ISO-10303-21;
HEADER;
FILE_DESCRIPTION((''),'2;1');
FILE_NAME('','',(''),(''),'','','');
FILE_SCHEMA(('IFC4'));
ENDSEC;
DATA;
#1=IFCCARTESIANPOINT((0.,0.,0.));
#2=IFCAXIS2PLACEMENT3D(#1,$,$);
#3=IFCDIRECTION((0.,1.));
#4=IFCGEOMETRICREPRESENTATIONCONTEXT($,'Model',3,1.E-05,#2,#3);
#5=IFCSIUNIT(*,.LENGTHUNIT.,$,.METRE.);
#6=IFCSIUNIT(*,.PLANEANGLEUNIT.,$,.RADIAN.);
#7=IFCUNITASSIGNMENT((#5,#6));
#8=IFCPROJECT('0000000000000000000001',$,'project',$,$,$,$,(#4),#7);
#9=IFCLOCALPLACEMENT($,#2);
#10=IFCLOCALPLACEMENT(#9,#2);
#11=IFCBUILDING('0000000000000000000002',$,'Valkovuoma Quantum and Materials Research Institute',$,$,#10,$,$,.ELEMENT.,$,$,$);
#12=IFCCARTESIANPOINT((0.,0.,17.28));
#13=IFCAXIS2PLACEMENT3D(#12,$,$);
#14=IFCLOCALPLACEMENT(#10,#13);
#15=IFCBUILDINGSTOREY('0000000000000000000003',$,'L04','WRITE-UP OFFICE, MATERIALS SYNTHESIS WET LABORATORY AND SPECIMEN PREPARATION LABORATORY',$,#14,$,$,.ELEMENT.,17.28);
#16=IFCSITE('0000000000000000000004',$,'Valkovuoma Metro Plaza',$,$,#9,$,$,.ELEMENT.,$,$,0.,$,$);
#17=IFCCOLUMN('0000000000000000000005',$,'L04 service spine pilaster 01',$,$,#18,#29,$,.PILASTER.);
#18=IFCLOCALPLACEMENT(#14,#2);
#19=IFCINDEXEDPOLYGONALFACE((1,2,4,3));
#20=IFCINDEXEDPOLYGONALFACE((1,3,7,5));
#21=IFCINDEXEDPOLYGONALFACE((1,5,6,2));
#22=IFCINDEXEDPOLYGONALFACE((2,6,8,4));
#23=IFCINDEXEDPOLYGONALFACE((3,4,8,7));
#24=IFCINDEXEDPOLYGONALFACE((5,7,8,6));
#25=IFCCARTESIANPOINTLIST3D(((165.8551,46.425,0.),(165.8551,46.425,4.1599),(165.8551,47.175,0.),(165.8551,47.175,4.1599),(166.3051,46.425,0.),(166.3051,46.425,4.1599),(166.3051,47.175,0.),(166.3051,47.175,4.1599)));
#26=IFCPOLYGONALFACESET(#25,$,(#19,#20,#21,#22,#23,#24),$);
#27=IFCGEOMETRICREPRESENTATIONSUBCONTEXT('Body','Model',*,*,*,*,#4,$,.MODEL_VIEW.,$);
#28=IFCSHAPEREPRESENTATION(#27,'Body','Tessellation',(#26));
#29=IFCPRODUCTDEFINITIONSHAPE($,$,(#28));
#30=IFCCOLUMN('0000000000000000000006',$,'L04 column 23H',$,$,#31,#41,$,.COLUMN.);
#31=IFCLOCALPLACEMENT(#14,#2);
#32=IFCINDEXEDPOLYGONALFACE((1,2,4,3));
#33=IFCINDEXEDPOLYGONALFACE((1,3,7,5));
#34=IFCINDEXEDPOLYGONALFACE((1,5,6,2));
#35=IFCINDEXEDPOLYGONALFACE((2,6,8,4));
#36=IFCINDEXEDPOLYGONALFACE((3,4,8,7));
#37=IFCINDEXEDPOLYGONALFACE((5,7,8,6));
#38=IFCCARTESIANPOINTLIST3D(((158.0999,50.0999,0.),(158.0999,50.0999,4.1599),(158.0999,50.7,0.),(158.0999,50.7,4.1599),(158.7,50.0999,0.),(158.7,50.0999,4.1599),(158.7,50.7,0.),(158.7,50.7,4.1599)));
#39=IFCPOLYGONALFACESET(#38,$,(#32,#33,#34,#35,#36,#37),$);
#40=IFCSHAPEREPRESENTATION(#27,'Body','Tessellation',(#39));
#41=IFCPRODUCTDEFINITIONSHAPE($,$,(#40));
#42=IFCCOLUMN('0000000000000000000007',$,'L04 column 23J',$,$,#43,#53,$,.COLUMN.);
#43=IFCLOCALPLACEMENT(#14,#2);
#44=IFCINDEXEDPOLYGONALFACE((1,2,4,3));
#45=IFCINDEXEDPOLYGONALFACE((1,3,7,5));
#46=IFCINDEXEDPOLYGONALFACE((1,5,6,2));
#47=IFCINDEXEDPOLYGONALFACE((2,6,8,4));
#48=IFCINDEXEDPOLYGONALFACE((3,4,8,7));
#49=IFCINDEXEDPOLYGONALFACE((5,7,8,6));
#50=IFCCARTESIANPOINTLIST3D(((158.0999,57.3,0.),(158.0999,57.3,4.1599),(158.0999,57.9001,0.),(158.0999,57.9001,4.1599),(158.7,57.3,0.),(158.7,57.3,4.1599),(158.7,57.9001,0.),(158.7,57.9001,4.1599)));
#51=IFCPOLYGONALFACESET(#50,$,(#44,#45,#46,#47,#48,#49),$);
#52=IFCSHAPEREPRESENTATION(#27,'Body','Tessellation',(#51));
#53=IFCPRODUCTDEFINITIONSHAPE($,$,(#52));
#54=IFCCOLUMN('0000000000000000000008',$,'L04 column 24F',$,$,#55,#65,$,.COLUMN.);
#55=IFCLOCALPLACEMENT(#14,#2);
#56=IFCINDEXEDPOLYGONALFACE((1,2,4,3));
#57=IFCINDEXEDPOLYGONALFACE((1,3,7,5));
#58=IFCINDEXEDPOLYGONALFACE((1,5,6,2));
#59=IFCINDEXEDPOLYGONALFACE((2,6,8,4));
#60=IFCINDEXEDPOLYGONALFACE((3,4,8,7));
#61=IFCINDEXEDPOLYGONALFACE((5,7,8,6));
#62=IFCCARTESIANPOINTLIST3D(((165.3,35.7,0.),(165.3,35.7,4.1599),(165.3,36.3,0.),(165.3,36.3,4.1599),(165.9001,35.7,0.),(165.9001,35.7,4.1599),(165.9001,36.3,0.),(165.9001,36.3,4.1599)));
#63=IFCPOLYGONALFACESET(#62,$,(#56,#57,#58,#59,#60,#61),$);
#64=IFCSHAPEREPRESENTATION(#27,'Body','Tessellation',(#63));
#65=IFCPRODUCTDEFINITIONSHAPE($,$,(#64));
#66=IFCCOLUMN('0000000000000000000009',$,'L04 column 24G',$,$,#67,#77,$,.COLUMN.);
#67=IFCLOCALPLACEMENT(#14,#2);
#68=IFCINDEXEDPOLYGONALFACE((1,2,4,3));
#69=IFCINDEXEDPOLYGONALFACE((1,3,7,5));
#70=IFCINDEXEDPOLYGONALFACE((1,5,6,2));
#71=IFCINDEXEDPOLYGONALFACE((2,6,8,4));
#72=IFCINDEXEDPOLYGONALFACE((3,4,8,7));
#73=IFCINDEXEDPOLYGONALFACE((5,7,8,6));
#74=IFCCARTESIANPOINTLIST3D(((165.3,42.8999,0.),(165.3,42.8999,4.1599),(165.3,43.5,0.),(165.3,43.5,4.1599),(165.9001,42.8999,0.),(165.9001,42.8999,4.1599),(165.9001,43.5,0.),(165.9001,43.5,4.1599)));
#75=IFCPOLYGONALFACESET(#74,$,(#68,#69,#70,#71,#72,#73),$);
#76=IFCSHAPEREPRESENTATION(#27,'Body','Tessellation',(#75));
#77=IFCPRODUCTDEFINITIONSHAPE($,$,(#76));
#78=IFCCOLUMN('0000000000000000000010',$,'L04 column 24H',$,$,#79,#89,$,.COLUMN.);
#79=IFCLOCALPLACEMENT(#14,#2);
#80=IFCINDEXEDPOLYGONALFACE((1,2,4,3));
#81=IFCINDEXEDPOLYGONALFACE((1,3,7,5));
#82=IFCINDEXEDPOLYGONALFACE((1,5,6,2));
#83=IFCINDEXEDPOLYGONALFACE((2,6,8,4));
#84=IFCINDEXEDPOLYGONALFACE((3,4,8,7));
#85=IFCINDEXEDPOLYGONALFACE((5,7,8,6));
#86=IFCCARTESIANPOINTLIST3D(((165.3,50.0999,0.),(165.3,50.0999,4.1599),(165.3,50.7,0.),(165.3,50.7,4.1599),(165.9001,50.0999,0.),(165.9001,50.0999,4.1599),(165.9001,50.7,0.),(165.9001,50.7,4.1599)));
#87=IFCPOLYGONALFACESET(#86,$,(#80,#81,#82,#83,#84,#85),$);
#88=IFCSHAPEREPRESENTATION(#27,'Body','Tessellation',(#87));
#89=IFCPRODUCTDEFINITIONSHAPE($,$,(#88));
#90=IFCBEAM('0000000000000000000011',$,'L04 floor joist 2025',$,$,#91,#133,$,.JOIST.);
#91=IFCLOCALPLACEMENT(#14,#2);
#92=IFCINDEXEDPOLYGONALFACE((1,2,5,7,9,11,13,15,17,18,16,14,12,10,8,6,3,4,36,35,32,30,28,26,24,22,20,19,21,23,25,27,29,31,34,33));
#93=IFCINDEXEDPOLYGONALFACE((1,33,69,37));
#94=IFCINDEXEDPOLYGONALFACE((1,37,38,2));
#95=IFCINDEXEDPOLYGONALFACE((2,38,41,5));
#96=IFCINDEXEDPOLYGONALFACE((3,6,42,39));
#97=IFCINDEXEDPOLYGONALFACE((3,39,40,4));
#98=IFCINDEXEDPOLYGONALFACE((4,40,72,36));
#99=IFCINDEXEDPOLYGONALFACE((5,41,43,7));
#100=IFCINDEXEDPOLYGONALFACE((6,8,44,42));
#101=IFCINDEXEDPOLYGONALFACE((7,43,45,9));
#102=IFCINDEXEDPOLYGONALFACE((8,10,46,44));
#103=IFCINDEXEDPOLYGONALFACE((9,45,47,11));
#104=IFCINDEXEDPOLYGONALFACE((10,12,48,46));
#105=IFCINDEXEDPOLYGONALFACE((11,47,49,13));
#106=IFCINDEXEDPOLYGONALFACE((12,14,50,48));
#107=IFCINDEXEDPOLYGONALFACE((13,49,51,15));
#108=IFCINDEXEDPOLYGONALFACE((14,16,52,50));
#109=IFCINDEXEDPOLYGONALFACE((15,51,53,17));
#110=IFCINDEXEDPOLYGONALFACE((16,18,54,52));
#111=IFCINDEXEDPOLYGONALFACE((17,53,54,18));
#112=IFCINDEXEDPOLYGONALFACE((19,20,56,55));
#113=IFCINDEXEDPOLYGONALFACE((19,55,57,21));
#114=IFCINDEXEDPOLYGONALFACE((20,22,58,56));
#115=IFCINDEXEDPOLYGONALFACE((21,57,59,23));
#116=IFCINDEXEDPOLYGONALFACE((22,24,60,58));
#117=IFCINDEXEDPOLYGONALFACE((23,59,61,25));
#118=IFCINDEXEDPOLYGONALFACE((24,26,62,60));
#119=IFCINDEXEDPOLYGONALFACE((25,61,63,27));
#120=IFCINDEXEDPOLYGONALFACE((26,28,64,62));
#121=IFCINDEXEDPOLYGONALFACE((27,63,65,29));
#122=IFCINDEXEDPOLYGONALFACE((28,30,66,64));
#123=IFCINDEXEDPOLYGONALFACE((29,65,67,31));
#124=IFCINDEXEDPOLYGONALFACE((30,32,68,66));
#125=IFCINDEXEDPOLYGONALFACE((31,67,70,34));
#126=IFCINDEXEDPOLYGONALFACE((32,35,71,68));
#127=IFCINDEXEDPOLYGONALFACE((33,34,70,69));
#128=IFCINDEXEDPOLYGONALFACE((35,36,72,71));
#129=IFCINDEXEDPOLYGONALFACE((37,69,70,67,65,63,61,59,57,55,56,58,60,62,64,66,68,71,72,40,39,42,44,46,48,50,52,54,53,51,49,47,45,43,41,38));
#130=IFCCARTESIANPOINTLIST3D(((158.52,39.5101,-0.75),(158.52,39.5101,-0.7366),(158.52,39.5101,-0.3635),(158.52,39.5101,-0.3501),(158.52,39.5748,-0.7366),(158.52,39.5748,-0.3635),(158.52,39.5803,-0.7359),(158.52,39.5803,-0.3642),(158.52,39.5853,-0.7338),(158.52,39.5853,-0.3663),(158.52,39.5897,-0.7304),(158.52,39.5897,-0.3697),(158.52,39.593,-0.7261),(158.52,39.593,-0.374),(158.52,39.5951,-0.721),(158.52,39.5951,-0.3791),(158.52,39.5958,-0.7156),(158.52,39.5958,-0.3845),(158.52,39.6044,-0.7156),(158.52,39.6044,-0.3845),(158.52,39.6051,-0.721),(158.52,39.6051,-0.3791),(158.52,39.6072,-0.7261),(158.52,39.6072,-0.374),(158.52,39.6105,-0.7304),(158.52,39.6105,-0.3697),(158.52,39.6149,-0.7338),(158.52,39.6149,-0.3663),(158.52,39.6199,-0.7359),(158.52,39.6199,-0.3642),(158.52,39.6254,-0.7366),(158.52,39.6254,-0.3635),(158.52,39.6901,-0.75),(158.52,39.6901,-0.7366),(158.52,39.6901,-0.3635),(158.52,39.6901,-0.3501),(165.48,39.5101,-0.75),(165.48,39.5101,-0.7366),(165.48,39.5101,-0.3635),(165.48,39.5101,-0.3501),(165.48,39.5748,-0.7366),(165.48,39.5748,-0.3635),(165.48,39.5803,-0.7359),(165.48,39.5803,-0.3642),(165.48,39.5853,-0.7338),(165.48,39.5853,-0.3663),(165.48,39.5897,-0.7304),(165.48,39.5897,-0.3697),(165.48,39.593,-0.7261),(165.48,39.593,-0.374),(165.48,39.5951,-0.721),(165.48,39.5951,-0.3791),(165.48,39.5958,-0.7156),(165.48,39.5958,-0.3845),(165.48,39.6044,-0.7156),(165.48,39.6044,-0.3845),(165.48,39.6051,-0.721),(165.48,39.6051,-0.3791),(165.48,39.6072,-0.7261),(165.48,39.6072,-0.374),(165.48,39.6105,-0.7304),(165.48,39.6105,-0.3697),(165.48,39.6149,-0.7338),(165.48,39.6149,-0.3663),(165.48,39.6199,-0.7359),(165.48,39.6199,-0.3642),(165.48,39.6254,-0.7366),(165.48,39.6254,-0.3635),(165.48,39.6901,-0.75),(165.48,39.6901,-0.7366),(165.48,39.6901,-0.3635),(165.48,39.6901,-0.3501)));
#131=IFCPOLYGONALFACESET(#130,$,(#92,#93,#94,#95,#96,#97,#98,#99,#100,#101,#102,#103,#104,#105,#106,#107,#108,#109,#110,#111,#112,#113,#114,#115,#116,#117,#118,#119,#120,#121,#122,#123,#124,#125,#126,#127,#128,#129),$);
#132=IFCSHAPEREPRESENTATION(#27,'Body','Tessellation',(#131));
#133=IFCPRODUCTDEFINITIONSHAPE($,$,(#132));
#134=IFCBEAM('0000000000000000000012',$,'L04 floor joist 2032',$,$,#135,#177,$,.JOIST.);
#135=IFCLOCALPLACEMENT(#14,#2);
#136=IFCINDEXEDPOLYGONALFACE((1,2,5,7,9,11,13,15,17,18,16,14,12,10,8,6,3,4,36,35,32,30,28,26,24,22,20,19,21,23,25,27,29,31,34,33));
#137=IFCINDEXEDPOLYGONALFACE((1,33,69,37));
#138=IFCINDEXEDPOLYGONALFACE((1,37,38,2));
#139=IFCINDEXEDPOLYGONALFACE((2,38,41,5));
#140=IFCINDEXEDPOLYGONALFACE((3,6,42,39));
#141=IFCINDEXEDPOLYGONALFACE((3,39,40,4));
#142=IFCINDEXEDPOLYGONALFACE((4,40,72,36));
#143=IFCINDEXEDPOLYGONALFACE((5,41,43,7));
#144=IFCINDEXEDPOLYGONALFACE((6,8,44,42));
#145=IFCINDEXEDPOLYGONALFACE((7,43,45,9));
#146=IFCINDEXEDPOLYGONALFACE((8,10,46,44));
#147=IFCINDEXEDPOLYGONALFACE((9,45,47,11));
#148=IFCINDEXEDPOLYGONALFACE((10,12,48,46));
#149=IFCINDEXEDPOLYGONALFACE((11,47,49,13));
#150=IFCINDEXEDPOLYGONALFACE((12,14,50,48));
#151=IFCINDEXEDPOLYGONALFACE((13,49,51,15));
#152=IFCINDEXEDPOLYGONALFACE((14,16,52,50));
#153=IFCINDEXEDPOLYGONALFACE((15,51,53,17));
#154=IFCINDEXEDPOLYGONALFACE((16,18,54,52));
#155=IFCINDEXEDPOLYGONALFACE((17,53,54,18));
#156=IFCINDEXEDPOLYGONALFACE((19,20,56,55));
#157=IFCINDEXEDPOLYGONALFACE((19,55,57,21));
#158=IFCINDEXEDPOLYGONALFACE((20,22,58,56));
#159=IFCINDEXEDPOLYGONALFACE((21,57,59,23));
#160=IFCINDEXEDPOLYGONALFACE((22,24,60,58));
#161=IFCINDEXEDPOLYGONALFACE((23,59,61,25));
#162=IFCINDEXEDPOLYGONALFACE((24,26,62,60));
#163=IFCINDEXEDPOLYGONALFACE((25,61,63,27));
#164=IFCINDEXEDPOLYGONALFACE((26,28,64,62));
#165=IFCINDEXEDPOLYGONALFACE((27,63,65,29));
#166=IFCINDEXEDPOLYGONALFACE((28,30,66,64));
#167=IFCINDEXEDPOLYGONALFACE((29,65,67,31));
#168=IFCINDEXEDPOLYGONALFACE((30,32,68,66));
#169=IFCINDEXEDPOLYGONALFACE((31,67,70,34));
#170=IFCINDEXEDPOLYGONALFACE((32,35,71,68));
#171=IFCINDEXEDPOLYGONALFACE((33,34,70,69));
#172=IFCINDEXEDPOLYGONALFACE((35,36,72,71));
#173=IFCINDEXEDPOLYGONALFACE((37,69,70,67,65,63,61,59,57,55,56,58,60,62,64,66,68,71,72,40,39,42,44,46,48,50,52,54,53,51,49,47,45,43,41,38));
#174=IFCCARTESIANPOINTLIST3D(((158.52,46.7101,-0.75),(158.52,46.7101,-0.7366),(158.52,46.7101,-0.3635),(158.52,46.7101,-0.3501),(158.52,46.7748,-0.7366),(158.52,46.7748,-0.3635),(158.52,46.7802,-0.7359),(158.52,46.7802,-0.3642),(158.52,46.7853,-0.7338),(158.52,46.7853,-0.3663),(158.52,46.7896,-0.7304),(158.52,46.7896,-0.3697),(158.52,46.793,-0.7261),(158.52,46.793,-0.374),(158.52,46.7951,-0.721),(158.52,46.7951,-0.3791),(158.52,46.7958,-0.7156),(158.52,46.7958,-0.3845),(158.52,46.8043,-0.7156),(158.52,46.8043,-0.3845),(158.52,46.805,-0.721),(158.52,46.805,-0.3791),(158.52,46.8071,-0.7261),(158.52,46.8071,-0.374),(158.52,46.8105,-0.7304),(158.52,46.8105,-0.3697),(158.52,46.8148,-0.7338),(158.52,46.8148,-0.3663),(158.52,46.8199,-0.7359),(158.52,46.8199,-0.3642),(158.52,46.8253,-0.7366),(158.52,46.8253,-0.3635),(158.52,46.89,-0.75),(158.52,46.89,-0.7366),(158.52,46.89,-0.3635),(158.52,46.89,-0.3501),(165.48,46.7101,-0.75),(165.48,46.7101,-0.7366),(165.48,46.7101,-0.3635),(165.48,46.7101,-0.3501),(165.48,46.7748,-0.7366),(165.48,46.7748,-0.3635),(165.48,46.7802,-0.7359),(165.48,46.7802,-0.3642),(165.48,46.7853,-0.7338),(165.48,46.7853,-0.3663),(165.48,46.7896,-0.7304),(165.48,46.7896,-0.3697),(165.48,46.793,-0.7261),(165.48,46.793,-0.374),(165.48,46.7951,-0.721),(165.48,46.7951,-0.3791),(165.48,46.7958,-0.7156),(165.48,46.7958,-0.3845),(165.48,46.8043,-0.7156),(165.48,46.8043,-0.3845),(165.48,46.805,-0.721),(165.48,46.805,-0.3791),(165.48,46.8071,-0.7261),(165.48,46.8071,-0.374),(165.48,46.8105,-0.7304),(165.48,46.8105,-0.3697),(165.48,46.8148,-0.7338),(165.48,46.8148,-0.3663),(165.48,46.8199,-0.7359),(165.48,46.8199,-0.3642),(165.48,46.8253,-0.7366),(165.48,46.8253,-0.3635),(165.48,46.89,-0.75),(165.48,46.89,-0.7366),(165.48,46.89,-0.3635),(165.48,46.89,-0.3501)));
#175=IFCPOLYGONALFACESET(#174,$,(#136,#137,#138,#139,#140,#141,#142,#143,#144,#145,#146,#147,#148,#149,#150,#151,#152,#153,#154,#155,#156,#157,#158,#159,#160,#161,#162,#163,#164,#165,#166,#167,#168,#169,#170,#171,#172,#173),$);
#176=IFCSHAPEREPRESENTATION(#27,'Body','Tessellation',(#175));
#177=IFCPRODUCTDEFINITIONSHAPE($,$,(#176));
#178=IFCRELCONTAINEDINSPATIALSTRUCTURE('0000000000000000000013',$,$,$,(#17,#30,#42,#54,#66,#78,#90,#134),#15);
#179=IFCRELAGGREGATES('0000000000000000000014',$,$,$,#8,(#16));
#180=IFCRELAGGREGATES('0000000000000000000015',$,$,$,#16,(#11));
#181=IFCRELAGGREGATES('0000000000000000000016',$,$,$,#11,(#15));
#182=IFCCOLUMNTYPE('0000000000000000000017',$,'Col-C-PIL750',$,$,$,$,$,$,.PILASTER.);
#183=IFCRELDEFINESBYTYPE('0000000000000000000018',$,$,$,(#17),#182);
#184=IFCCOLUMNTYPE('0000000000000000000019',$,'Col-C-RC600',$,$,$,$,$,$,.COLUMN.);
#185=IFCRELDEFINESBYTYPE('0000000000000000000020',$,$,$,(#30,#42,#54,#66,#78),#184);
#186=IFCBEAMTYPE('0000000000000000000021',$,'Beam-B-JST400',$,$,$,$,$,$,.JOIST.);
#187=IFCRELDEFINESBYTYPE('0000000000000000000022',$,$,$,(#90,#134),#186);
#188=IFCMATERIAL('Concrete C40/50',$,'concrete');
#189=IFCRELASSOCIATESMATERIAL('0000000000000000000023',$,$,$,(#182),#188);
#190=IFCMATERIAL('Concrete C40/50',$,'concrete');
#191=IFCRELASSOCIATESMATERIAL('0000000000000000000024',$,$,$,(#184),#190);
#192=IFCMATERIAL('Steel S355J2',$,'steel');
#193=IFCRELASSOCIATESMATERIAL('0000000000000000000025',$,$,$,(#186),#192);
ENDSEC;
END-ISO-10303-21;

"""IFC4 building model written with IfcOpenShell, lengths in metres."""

from ifc_helpers import new_model, si_unit, direction, frame, origin, origin_2d, place, context, subcontext, project, spatial, rectangle, i_section, extrude, material, material_profile, profile_set, type_object, element, save


model = new_model("IFC4")

# Units and contexts
model_context = context("Model", 3, precision=1e-05, world=origin(), true_north=direction((0.0, 1.0)))
body_context = subcontext(model_context, "Body", "Model", "MODEL_VIEW")
ifc_project = project(units=[si_unit("LENGTHUNIT", "METRE"), si_unit("PLANEANGLEUNIT", "RADIAN")], contexts=[model_context])

# Site, building, storey
site_placement = place(None, origin())
site = spatial("IfcSite", under=ifc_project, at=site_placement, Name="Valkovuoma Metro Plaza", CompositionType="ELEMENT", RefElevation=0.0)
building_placement = place(site_placement, origin())
building = spatial("IfcBuilding", under=site, at=building_placement, Name="Valkovuoma Quantum and Materials Research Institute", CompositionType="ELEMENT")
storey_placement = place(building_placement, frame((0.0, 0.0, 17.28)))
storey = spatial("IfcBuildingStorey", under=building, at=storey_placement, Name="L04", Description="WRITE-UP OFFICE, MATERIALS SYNTHESIS WET LABORATORY AND SPECIMEN PREPARATION LABORATORY", CompositionType="ELEMENT", Elevation=17.28)

# Columns
ifc_material_1 = material(Name="Concrete C40/50", Category="concrete")
ifc_material_profile_1 = material_profile(ifc_material_1, rectangle(XDim=0.45, YDim=0.75, at=origin_2d()), Name="Concrete C40/50")
ifc_profile_set_1 = profile_set([ifc_material_profile_1], Name="Concrete C40/50")
column_type_1 = type_object("IfcColumnType", Name="Col-C-PIL750", PredefinedType="PILASTER", material=ifc_profile_set_1)
column_placement = place(storey_placement, frame((166.0801, 46.8, 0.0), z_axis=(0.0, 0.0, 1.0), x_axis=(1.0, 0.0, 0.0)))
element("IfcColumn", 1, at=column_placement, inside=storey, type_object=column_type_1, Name="L04 service spine pilaster 01", PredefinedType="PILASTER", context=body_context, shape_type="SweptSolid", body=[
    extrude(rectangle(XDim=0.45, YDim=0.75, at=origin_2d()), origin(), (0.0, 0.0, 1.0), 4.1599),
])
ifc_material_2 = material(Name="Concrete C40/50", Category="concrete")
ifc_material_profile_2 = material_profile(ifc_material_2, rectangle(XDim=0.6001, YDim=0.6001, at=origin_2d()), Name="Concrete C40/50")
ifc_profile_set_2 = profile_set([ifc_material_profile_2], Name="Concrete C40/50")
column_type_2 = type_object("IfcColumnType", Name="Col-C-RC600", PredefinedType="COLUMN", material=ifc_profile_set_2)
for number, where, z_axis, x_axis, name in (
    (2, (158.3999, 50.3999, 0.0), (0.0, 0.0, 1.0), (1.0, 0.0, 0.0), "L04 column 23H"),
    (3, (158.3999, 57.6001, 0.0), (0.0, 0.0, 1.0), (1.0, 0.0, 0.0), "L04 column 23J"),
    (4, (165.6001, 36.0, 0.0), (0.0, 0.0, 1.0), (1.0, 0.0, 0.0), "L04 column 24F"),
    (5, (165.6001, 43.2, 0.0), (0.0, 0.0, 1.0), (1.0, 0.0, 0.0), "L04 column 24G"),
    (6, (165.6001, 50.3999, 0.0), (0.0, 0.0, 1.0), (1.0, 0.0, 0.0), "L04 column 24H"),
):
    element("IfcColumn", number, at=place(storey_placement, frame(where, z_axis=z_axis, x_axis=x_axis)), inside=storey, type_object=column_type_2, Name=name, PredefinedType="COLUMN", context=body_context, shape_type="SweptSolid", body=[
        extrude(rectangle(XDim=0.6001, YDim=0.6001, at=origin_2d()), origin(), (0.0, 0.0, 1.0), 4.1599),
    ])

# Beams
ifc_material_3 = material(Name="Steel S355J2", Category="steel")
ifc_material_profile_3 = material_profile(ifc_material_3, i_section(OverallWidth=0.1799, OverallDepth=0.3999, WebThickness=0.0085, FlangeThickness=0.0134, FilletRadius=0.021, at=origin_2d()), Name="Steel S355J2")
ifc_profile_set_3 = profile_set([ifc_material_profile_3], Name="Steel S355J2")
beam_type_1 = type_object("IfcBeamType", Name="Beam-B-JST400", PredefinedType="JOIST", material=ifc_profile_set_3)
for number, where, z_axis, x_axis, name in (
    (7, (158.52, 39.6001, -0.55), (1.0, 0.0, 0.0), (0.0, 1.0, 0.0), "L04 floor joist 2025"),
    (8, (158.52, 46.8, -0.55), (1.0, 0.0, 0.0), (0.0, 1.0, 0.0), "L04 floor joist 2032"),
):
    element("IfcBeam", number, at=place(storey_placement, frame(where, z_axis=z_axis, x_axis=x_axis)), inside=storey, type_object=beam_type_1, Name=name, PredefinedType="JOIST", context=body_context, shape_type="SweptSolid", body=[
        extrude(i_section(OverallWidth=0.1799, OverallDepth=0.3999, WebThickness=0.0085, FlangeThickness=0.0134, FilletRadius=0.021, at=origin_2d()), origin(), (0.0, 0.0, 1.0), 6.96),
    ])

save(model, "model.ifc")
